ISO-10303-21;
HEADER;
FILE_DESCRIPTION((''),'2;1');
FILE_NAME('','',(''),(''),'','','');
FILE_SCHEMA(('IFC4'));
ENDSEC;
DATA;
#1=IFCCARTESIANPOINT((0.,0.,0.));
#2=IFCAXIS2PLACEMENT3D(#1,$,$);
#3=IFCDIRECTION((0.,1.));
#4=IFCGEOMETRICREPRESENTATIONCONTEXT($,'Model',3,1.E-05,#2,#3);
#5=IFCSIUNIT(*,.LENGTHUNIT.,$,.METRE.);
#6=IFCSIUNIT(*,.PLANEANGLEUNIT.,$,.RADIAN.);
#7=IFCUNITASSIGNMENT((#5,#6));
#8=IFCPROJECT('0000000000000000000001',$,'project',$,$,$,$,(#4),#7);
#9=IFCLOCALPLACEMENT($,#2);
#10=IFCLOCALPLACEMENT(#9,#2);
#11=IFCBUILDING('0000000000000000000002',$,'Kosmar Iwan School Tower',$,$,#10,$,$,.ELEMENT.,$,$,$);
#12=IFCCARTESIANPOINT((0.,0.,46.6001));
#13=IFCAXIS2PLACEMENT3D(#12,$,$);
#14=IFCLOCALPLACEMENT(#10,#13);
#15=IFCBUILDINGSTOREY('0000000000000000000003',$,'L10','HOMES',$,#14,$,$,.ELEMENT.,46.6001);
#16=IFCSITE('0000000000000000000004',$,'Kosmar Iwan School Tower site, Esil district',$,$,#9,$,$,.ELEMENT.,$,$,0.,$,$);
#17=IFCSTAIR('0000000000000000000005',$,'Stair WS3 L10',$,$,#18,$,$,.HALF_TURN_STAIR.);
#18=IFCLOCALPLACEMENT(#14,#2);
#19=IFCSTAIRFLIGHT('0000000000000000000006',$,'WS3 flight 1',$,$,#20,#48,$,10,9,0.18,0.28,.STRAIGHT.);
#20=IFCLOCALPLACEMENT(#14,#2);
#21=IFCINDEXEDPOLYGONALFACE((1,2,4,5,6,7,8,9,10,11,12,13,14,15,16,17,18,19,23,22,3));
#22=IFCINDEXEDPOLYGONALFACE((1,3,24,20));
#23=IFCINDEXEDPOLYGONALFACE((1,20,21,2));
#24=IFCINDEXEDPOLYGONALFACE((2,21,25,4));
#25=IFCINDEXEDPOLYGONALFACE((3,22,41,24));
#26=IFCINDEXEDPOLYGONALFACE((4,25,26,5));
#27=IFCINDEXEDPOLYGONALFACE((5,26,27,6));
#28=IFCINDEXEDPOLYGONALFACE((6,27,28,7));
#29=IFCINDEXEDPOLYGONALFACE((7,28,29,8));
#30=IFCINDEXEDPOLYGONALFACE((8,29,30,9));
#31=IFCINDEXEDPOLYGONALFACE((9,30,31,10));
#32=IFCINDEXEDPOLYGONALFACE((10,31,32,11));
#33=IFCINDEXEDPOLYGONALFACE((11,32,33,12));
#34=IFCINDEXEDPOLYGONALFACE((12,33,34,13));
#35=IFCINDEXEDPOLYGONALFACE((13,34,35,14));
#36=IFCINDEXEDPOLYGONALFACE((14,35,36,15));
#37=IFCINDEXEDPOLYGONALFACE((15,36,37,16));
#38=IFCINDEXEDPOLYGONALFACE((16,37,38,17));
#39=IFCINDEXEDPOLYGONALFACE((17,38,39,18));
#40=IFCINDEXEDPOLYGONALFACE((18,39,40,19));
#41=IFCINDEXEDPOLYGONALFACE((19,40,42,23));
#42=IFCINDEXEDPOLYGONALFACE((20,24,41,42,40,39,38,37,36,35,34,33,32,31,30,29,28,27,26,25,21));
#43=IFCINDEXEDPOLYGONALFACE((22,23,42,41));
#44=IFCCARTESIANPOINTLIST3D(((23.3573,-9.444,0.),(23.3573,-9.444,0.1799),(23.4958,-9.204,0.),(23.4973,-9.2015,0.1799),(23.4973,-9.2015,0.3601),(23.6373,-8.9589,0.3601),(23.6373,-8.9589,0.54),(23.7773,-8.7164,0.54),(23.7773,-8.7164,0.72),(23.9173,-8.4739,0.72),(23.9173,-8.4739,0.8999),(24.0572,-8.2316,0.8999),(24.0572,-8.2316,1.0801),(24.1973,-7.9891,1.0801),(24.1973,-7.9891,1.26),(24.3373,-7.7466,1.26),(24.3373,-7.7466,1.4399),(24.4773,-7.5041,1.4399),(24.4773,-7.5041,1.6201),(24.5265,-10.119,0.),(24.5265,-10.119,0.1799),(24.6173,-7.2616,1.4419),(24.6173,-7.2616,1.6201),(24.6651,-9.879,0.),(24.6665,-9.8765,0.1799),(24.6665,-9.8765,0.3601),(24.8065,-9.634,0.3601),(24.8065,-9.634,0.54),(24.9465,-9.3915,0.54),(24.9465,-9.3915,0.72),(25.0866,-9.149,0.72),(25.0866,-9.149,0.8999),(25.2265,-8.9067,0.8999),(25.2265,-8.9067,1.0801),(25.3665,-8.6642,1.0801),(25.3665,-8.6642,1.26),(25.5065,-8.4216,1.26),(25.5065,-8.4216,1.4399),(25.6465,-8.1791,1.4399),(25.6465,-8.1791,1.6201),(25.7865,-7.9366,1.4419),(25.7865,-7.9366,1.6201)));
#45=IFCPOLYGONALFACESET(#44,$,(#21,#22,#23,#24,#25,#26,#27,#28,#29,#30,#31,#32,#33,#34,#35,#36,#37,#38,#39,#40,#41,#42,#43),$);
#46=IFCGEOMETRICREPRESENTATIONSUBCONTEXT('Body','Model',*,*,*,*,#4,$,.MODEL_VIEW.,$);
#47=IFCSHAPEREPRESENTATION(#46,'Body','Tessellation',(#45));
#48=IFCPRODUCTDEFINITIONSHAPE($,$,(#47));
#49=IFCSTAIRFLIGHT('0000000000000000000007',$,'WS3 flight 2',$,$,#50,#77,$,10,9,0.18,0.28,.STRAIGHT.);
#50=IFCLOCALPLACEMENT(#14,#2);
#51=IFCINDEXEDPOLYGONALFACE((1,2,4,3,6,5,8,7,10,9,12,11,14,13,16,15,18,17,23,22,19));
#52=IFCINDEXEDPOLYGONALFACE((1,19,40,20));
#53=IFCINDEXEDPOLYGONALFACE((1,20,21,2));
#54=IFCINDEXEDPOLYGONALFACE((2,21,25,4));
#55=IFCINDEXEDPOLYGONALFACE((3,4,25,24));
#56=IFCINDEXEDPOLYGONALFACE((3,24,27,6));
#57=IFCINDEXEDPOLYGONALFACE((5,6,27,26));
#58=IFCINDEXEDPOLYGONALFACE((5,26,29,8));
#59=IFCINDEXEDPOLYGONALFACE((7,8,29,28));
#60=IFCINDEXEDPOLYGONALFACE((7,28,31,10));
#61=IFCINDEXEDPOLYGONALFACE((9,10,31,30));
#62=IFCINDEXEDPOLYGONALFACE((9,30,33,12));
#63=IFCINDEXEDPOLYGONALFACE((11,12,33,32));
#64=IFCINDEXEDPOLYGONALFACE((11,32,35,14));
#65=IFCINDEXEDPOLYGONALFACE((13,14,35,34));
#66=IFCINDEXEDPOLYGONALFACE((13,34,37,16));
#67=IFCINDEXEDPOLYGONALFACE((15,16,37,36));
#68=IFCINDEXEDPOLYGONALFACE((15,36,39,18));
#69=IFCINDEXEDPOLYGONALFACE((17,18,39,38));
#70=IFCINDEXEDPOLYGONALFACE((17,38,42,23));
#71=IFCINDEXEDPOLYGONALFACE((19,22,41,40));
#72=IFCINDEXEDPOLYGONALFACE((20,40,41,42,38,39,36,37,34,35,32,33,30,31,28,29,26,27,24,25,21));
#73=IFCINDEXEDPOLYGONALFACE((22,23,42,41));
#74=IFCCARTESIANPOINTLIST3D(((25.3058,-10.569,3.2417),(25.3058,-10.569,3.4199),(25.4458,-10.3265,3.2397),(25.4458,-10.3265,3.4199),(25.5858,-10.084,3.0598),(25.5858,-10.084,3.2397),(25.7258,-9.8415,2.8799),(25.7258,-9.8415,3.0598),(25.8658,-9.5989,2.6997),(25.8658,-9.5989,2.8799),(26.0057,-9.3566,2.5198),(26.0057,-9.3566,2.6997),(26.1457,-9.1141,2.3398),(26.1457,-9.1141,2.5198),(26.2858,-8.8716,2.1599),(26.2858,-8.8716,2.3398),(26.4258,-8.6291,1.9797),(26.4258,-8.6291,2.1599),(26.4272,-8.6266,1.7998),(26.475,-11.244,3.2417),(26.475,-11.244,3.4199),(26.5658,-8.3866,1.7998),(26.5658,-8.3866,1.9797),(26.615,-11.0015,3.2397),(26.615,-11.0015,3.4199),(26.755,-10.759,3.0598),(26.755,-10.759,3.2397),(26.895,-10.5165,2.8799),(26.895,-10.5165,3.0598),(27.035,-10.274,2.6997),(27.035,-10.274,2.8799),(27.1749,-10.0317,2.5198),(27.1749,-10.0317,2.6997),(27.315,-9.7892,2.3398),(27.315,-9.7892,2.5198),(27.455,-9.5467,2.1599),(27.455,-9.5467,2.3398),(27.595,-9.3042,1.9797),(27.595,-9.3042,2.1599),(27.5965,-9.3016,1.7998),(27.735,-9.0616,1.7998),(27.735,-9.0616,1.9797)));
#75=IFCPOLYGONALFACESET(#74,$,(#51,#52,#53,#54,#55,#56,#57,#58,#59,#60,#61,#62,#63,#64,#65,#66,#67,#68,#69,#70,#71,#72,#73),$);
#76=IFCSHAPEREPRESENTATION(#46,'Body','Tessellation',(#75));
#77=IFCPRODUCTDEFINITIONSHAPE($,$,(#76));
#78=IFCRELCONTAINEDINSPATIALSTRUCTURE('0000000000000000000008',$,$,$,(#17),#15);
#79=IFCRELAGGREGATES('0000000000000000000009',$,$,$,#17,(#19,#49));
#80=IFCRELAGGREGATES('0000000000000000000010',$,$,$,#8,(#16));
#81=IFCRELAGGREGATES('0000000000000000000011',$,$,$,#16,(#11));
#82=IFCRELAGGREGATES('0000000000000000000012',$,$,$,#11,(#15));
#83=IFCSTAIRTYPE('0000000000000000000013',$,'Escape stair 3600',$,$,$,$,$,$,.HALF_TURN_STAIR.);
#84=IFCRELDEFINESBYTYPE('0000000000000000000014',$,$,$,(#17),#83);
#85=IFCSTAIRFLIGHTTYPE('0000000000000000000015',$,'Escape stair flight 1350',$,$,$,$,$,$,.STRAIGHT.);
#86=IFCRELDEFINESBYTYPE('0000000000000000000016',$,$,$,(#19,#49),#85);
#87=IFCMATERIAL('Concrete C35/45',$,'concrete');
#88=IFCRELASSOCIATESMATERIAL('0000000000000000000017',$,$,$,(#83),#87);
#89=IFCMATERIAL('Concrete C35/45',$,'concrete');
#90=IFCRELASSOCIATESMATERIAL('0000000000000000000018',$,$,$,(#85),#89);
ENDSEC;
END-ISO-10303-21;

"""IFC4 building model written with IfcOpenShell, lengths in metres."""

from ifc_helpers import new_model, si_unit, direction, frame, origin, place, context, subcontext, project, spatial, polyline, outline, extrude, material, type_object, element, aggregate, save


model = new_model("IFC4")

# Units and contexts
model_context = context("Model", 3, precision=1e-05, world=origin(), true_north=direction((0.0, 1.0)))
body_context = subcontext(model_context, "Body", "Model", "MODEL_VIEW")
ifc_project = project(units=[si_unit("LENGTHUNIT", "METRE"), si_unit("PLANEANGLEUNIT", "RADIAN")], contexts=[model_context])

# Site, building, storey
site_placement = place(None, origin())
site = spatial("IfcSite", under=ifc_project, at=site_placement, Name="Kosmar Iwan School Tower site, Esil district", CompositionType="ELEMENT", RefElevation=0.0)
building_placement = place(site_placement, origin())
building = spatial("IfcBuilding", under=site, at=building_placement, Name="Kosmar Iwan School Tower", CompositionType="ELEMENT")
storey_placement = place(building_placement, frame((0.0, 0.0, 46.6001)))
storey = spatial("IfcBuildingStorey", under=building, at=storey_placement, Name="L10", Description="HOMES", CompositionType="ELEMENT", Elevation=46.6001)

# Stair, stair flights
ifc_material_1 = material(Name="Concrete C35/45", Category="concrete")
stair_type = type_object("IfcStairType", Name="Escape stair 3600", PredefinedType="HALF_TURN_STAIR", material=ifc_material_1)
stair_placement = place(storey_placement, origin())
stair = element("IfcStair", 1, at=stair_placement, inside=storey, type_object=stair_type, Name="Stair WS3 L10", PredefinedType="HALF_TURN_STAIR")
ifc_material_2 = material(Name="Concrete C35/45", Category="concrete")
stair_flight_type = type_object("IfcStairFlightType", Name="Escape stair flight 1350", PredefinedType="STRAIGHT", material=ifc_material_2)
stair_flight_1_placement = place(storey_placement, frame((23.9419, -9.7815, 0.0), z_axis=(0.0, 0.0, 1.0), x_axis=(0.5, 0.866025, 0.0)))
stair_flight_1 = element("IfcStairFlight", 2, at=stair_flight_1_placement, type_object=stair_flight_type, Name="WS3 flight 1", NumberOfRisers=10, NumberOfTreads=9, PredefinedType="STRAIGHT", RiserHeight=0.18, TreadLength=0.28, context=body_context, shape_type="SweptSolid", body=[
    extrude(outline(polyline([(0.0, 0.0), (0.0, 0.1799), (0.28, 0.1799), (0.28, 0.3601), (0.5601, 0.3601), (0.5601, 0.54), (0.8401, 0.54), (0.8401, 0.72), (1.1201, 0.72), (1.1201, 0.8999), (1.3999, 0.8999), (1.3999, 1.0801), (1.6799, 1.0801), (1.6799, 1.26), (1.96, 1.26), (1.96, 1.4399), (2.24, 1.4399), (2.24, 1.6201), (2.52, 1.6201), (2.52, 1.8), (2.52, 1.4419), (0.2771, 0.0), (0.0, 0.0)])), frame((0.0, 0.675, 0.0), z_axis=(0.0, -1.0, 0.0), x_axis=(1.0, 0.0, 0.0)), (0.0, 0.0, 1.0), 1.3501),
])
stair_flight_2_placement = place(storey_placement, frame((27.1504, -8.7241, 1.7998), z_axis=(0.0, 0.0, 1.0), x_axis=(-0.5, -0.866025, 0.0)))
stair_flight_2 = element("IfcStairFlight", 3, at=stair_flight_2_placement, type_object=stair_flight_type, Name="WS3 flight 2", NumberOfRisers=10, NumberOfTreads=9, PredefinedType="STRAIGHT", RiserHeight=0.18, TreadLength=0.28, context=body_context, shape_type="SweptSolid", body=[
    extrude(outline(polyline([(0.0, 0.0), (0.0, 0.1799), (0.28, 0.1799), (0.28, 0.3601), (0.5601, 0.3601), (0.5601, 0.54), (0.8401, 0.54), (0.8401, 0.72), (1.1201, 0.72), (1.1201, 0.8999), (1.3999, 0.8999), (1.3999, 1.0801), (1.6799, 1.0801), (1.6799, 1.26), (1.96, 1.26), (1.96, 1.4399), (2.24, 1.4399), (2.24, 1.6201), (2.52, 1.6201), (2.52, 1.8), (2.52, 1.4419), (0.2771, 0.0), (0.0, 0.0)])), frame((0.0, 0.675, 0.0), z_axis=(0.0, -1.0, 0.0), x_axis=(1.0, 0.0, 0.0)), (0.0, 0.0, 1.0), 1.3501),
])
aggregate(stair, [stair_flight_1, stair_flight_2])

save(model, "model.ifc")
